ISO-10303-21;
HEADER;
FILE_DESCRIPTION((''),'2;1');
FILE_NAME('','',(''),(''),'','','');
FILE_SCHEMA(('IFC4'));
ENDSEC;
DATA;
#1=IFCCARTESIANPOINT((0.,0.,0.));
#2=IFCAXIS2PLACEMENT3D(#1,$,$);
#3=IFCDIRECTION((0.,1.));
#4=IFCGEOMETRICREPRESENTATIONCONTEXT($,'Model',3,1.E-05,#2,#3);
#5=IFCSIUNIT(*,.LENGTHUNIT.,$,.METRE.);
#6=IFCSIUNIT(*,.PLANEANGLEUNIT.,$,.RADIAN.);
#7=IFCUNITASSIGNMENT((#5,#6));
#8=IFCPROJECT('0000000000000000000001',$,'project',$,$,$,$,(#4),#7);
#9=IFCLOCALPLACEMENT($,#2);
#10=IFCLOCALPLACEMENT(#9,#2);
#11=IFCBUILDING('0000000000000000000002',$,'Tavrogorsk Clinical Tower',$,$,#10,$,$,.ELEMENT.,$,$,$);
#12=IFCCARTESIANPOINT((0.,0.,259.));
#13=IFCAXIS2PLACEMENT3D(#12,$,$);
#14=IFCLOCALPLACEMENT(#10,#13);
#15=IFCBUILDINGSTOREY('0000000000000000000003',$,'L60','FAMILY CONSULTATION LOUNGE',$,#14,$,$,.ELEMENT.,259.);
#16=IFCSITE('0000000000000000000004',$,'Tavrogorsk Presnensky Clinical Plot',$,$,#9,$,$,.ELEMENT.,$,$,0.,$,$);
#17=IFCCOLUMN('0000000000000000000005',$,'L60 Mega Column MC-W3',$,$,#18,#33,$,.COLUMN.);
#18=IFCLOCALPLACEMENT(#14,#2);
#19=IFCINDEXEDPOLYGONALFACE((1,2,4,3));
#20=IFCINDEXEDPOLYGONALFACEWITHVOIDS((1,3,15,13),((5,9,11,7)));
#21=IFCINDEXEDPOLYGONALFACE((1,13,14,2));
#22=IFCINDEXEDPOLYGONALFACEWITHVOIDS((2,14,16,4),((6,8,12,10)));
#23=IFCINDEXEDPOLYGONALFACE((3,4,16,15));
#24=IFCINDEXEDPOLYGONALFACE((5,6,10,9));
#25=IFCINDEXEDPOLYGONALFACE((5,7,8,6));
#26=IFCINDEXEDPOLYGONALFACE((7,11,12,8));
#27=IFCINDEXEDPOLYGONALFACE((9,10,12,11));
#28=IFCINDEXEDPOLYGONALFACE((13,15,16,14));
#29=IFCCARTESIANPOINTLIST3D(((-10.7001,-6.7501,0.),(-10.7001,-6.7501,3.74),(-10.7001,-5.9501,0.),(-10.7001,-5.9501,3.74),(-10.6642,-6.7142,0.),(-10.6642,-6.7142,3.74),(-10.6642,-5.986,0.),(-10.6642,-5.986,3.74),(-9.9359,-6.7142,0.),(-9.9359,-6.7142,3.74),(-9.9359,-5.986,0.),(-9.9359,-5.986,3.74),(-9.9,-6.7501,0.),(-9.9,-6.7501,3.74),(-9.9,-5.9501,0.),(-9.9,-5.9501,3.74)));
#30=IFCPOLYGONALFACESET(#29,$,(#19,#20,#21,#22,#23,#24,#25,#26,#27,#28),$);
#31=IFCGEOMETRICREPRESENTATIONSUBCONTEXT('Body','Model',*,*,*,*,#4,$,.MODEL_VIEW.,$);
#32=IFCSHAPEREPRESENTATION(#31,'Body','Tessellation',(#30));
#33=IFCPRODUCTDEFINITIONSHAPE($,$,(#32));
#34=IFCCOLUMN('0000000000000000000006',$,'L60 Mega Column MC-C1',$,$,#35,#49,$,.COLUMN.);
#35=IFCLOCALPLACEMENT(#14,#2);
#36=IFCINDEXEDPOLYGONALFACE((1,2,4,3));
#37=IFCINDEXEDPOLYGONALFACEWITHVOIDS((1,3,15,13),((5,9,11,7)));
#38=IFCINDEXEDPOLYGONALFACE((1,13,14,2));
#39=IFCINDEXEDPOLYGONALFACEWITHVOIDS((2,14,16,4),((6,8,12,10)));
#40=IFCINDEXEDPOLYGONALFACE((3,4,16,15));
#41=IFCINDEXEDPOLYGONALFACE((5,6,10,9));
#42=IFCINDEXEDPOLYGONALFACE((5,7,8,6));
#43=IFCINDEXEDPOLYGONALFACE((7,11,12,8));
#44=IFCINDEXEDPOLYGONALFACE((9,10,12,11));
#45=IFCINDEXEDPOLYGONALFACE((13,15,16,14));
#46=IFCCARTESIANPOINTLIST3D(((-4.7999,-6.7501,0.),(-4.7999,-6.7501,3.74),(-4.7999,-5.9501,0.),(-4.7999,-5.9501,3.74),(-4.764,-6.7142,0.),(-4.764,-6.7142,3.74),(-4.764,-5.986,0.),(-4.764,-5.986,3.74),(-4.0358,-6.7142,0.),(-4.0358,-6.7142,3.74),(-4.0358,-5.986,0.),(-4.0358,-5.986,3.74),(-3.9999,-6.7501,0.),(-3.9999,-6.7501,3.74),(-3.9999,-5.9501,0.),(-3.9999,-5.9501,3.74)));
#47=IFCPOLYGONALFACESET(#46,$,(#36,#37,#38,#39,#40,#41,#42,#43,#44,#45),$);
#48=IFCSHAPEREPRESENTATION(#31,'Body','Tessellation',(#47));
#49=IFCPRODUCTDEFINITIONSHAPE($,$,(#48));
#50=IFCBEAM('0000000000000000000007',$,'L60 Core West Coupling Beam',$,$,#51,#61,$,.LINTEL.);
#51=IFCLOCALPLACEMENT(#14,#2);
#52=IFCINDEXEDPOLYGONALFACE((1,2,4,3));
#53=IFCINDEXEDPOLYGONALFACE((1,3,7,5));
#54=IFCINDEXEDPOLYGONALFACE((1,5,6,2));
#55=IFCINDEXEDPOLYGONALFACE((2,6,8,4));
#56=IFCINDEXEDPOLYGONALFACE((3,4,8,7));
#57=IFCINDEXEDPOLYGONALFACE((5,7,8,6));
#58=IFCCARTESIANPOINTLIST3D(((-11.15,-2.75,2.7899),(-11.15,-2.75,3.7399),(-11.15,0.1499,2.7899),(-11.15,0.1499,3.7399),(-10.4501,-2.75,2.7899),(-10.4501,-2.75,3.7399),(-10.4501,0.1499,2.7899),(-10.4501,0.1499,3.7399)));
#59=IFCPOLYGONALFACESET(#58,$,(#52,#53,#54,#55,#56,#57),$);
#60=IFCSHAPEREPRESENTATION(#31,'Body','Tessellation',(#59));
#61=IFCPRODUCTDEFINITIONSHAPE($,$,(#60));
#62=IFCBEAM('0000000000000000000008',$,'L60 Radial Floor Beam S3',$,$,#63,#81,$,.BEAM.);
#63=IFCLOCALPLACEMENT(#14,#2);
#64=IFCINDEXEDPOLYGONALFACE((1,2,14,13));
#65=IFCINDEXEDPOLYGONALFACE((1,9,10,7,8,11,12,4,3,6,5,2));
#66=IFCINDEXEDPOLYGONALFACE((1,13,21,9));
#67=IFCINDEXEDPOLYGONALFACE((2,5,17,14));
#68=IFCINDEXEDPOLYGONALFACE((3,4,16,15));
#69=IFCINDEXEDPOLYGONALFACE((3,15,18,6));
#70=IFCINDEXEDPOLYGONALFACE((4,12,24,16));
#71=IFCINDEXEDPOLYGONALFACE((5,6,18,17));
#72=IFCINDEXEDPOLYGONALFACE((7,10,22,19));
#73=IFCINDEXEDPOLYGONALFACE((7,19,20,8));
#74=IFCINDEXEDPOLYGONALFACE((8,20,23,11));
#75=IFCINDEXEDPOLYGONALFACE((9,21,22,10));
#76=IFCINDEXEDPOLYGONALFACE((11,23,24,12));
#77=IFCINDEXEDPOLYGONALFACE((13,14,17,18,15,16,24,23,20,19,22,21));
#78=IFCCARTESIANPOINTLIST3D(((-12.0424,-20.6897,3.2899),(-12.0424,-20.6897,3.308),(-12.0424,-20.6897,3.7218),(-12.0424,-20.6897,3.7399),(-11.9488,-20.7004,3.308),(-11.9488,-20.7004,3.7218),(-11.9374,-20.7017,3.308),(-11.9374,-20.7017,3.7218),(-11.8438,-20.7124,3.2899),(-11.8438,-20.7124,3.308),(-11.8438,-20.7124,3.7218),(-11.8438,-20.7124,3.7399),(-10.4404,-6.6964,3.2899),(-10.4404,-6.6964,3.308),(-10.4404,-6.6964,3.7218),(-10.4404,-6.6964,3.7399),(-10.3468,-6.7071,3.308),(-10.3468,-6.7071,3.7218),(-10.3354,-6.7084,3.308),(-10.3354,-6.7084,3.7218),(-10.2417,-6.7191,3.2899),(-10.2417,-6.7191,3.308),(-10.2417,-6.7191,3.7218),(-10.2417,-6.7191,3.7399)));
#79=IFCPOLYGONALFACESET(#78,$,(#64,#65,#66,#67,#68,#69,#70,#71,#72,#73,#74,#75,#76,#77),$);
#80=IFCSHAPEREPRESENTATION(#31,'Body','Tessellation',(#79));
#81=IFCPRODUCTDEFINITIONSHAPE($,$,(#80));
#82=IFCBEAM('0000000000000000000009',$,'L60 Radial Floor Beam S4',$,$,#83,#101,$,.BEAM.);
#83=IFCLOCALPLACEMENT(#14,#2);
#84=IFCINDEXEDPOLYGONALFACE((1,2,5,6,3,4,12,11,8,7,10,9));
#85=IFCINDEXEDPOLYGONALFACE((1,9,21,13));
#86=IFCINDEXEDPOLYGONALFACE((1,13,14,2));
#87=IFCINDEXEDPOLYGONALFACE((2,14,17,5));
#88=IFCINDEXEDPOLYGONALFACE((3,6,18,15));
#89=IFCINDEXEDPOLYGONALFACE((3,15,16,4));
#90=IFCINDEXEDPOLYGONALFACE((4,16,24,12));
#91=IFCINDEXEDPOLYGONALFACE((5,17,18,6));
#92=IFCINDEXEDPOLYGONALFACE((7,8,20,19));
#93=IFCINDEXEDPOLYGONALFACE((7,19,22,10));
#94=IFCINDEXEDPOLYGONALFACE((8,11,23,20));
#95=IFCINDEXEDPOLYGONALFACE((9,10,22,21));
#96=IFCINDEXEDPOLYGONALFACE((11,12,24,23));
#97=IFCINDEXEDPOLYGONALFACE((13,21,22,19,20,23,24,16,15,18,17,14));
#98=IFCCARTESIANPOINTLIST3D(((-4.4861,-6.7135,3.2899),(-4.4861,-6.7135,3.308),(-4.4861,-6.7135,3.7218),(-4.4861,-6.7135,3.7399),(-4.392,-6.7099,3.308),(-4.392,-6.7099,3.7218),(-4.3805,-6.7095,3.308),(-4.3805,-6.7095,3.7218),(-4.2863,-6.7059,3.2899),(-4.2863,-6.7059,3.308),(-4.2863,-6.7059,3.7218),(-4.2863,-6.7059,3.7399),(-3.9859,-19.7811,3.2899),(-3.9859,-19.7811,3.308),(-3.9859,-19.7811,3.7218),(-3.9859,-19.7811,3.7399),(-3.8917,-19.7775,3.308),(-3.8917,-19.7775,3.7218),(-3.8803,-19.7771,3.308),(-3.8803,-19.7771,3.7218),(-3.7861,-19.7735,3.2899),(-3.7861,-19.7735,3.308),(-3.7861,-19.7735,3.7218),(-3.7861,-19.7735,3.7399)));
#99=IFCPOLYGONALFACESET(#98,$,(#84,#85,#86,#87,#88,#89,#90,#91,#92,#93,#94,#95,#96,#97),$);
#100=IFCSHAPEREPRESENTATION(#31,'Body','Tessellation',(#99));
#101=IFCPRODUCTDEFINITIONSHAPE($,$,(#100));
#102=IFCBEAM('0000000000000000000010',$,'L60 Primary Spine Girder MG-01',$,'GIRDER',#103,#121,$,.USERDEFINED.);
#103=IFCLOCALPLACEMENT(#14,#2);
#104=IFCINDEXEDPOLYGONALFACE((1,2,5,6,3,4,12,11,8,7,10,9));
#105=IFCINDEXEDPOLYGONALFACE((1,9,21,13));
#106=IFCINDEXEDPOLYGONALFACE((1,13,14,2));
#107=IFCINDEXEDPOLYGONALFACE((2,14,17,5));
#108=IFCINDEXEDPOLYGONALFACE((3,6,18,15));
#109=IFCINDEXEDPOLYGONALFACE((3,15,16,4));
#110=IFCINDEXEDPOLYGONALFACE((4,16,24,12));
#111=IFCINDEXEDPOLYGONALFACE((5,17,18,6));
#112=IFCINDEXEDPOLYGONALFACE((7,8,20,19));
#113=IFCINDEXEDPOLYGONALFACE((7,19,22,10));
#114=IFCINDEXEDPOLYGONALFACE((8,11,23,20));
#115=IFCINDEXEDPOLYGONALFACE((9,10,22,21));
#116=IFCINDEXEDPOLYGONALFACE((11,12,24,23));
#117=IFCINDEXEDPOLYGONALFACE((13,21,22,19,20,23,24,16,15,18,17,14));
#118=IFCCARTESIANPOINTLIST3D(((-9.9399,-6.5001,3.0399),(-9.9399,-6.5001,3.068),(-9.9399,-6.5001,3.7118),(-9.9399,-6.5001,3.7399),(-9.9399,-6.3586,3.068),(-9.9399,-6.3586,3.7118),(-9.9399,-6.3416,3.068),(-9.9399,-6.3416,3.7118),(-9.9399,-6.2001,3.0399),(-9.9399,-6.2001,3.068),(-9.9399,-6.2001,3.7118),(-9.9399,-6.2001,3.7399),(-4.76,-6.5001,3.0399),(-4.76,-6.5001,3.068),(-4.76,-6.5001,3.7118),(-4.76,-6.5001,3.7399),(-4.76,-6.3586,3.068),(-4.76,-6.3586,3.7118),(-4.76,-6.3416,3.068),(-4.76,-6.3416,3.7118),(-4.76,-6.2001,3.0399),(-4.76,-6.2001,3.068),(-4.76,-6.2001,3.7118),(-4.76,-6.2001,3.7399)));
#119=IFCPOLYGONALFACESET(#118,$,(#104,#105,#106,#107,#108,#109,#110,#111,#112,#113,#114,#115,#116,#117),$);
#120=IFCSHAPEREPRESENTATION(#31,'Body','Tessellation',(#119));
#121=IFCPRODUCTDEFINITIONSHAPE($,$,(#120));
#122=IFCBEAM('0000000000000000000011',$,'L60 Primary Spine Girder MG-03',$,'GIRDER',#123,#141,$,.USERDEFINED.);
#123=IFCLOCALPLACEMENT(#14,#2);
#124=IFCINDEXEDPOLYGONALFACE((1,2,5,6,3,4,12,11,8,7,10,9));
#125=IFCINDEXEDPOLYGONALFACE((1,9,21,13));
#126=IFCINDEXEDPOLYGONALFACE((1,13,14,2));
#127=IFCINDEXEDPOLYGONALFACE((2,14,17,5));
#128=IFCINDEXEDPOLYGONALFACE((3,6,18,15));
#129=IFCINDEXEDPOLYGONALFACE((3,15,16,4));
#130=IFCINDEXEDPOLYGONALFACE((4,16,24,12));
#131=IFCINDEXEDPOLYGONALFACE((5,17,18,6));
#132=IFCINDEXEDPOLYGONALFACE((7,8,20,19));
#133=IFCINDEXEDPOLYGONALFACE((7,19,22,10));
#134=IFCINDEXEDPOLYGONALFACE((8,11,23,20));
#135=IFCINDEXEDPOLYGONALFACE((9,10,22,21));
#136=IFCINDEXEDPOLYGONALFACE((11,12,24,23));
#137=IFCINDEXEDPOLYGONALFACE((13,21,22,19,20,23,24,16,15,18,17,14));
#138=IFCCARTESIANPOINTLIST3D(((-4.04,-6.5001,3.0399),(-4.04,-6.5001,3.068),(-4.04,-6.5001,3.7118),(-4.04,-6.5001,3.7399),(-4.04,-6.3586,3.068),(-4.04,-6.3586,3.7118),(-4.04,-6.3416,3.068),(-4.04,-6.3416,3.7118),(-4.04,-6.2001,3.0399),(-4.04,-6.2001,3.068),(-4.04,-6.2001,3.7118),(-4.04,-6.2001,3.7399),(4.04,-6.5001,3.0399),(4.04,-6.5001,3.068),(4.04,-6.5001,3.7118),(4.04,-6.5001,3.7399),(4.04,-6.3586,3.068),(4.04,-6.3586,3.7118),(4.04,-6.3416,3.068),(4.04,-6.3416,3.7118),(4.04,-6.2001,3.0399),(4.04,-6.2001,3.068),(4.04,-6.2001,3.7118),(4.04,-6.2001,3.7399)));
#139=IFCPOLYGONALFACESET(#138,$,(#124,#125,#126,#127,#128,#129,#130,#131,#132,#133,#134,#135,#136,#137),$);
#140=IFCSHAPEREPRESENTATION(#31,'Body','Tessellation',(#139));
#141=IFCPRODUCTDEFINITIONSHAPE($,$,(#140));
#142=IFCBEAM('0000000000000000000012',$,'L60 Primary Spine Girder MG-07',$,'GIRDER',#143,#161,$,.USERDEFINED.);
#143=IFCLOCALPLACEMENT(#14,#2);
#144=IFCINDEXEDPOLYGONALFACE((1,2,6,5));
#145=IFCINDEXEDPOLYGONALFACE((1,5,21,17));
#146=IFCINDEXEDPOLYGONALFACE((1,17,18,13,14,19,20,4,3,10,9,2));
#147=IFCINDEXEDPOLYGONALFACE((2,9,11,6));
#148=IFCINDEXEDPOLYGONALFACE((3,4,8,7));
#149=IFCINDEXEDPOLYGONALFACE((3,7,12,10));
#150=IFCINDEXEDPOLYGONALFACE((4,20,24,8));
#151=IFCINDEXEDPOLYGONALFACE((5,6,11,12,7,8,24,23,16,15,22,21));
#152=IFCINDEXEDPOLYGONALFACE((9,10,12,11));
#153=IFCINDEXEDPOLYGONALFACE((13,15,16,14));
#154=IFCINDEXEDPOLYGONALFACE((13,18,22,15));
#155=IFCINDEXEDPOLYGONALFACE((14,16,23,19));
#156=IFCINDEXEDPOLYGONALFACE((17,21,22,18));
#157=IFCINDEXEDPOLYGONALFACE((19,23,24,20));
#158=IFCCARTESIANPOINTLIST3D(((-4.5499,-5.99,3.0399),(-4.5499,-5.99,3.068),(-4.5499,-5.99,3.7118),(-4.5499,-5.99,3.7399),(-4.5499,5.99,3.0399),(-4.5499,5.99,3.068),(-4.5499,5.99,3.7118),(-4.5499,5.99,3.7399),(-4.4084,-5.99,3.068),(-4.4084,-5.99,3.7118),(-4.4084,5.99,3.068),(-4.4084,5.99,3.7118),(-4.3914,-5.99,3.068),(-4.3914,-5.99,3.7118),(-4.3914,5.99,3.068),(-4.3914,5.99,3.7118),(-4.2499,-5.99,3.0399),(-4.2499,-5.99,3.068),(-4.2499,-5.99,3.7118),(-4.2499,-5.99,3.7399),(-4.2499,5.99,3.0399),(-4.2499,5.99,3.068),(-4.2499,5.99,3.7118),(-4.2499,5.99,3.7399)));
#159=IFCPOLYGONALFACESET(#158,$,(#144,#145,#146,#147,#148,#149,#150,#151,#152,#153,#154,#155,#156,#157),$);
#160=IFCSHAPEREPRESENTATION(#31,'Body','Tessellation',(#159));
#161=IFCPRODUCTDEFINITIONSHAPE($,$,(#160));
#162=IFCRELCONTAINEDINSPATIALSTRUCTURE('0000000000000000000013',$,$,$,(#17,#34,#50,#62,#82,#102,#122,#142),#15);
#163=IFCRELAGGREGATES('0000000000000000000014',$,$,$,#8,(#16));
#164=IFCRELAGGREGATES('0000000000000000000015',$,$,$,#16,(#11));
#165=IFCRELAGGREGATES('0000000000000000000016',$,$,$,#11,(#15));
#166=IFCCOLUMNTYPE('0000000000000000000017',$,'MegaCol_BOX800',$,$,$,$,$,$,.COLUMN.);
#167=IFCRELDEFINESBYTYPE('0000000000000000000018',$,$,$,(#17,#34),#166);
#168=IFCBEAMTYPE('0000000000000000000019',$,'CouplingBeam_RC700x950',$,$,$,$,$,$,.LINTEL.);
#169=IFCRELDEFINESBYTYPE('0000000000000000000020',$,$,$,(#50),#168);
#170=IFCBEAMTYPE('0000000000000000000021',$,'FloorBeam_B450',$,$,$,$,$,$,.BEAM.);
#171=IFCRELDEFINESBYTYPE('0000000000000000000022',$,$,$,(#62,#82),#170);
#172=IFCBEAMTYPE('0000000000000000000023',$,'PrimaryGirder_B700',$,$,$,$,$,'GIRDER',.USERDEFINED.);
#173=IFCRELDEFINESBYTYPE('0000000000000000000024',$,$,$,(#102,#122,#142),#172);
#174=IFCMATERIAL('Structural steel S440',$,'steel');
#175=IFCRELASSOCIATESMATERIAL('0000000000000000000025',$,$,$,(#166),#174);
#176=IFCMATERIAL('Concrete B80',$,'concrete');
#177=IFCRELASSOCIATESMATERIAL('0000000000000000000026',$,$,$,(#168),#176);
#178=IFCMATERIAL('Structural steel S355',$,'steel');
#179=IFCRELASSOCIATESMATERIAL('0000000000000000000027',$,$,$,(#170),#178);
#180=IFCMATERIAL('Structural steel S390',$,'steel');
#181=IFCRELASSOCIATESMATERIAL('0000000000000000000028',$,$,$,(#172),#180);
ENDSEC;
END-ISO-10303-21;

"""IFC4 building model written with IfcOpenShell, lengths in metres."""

from ifc_helpers import new_model, si_unit, direction, frame, origin, origin_2d, place, context, subcontext, project, spatial, rectangle, hollow_rectangle, i_section, extrude, material, material_profile, profile_set, type_object, element, save


model = new_model("IFC4")

# Units and contexts
model_context = context("Model", 3, precision=1e-05, world=origin(), true_north=direction((0.0, 1.0)))
body_context = subcontext(model_context, "Body", "Model", "MODEL_VIEW")
ifc_project = project(units=[si_unit("LENGTHUNIT", "METRE"), si_unit("PLANEANGLEUNIT", "RADIAN")], contexts=[model_context])

# Site, building, storey
site_placement = place(None, origin())
site = spatial("IfcSite", under=ifc_project, at=site_placement, Name="Tavrogorsk Presnensky Clinical Plot", CompositionType="ELEMENT", RefElevation=0.0)
building_placement = place(site_placement, origin())
building = spatial("IfcBuilding", under=site, at=building_placement, Name="Tavrogorsk Clinical Tower", CompositionType="ELEMENT")
storey_placement = place(building_placement, frame((0.0, 0.0, 259.0)))
storey = spatial("IfcBuildingStorey", under=building, at=storey_placement, Name="L60", Description="FAMILY CONSULTATION LOUNGE", CompositionType="ELEMENT", Elevation=259.0)

# Columns
ifc_material_1 = material(Name="Structural steel S440", Category="steel")
ifc_material_profile_1 = material_profile(ifc_material_1, hollow_rectangle(XDim=0.8, YDim=0.8, WallThickness=0.0359, at=origin_2d()), Name="BOX-800x800x36")
ifc_profile_set_1 = profile_set([ifc_material_profile_1], Name="Structural steel S440")
column_type = type_object("IfcColumnType", Name="MegaCol_BOX800", PredefinedType="COLUMN", material=ifc_profile_set_1)
for number, where, z_axis, x_axis, name in (
    (1, (-10.3, -6.3501, 0.0), (0.0, 0.0, 1.0), (1.0, 0.0, 0.0), "L60 Mega Column MC-W3"),
    (2, (-4.3999, -6.3501, 0.0), (0.0, 0.0, 1.0), (1.0, 0.0, 0.0), "L60 Mega Column MC-C1"),
):
    element("IfcColumn", number, at=place(storey_placement, frame(where, z_axis=z_axis, x_axis=x_axis)), inside=storey, type_object=column_type, Name=name, PredefinedType="COLUMN", context=body_context, shape_type="SweptSolid", body=[
        extrude(hollow_rectangle(XDim=0.8, YDim=0.8, WallThickness=0.0359, at=origin_2d()), origin(), (0.0, 0.0, 1.0), 3.74),
    ])

# Beams
ifc_material_2 = material(Name="Concrete B80", Category="concrete")
ifc_material_profile_2 = material_profile(ifc_material_2, rectangle(XDim=0.7, YDim=0.95, at=origin_2d()), Name="RC-CB-700x950")
ifc_profile_set_2 = profile_set([ifc_material_profile_2], Name="Concrete B80")
beam_type_1 = type_object("IfcBeamType", Name="CouplingBeam_RC700x950", PredefinedType="LINTEL", material=ifc_profile_set_2)
beam_1_placement = place(storey_placement, frame((-10.8, -2.75, 3.2649), z_axis=(0.0, 1.0, 0.0), x_axis=(-1.0, 0.0, 0.0)))
element("IfcBeam", 3, at=beam_1_placement, inside=storey, type_object=beam_type_1, Name="L60 Core West Coupling Beam", PredefinedType="LINTEL", context=body_context, shape_type="SweptSolid", body=[
    extrude(rectangle(XDim=0.7, YDim=0.95, at=origin_2d()), origin(), (0.0, 0.0, 1.0), 2.8999),
])
ifc_material_3 = material(Name="Structural steel S355", Category="steel")
ifc_material_profile_3 = material_profile(ifc_material_3, i_section(OverallWidth=0.2, OverallDepth=0.45, WebThickness=0.0115, FlangeThickness=0.0181, at=origin_2d()), Name="B-450x200x11.5x18")
ifc_profile_set_3 = profile_set([ifc_material_profile_3], Name="Structural steel S355")
beam_type_2 = type_object("IfcBeamType", Name="FloorBeam_B450", PredefinedType="BEAM", material=ifc_profile_set_3)
beam_2_placement = place(storey_placement, frame((-10.3411, -6.7078, 3.5149), z_axis=(-0.113743, -0.99351, 0.0), x_axis=(0.99351, -0.113743, 0.0)))
element("IfcBeam", 4, at=beam_2_placement, inside=storey, type_object=beam_type_2, Name="L60 Radial Floor Beam S3", PredefinedType="BEAM", context=body_context, shape_type="SweptSolid", body=[
    extrude(i_section(OverallWidth=0.2, OverallDepth=0.45, WebThickness=0.0115, FlangeThickness=0.0181, at=origin_2d()), origin(), (0.0, 0.0, 1.0), 14.0847),
])
beam_3_placement = place(storey_placement, frame((-4.3862, -6.7097, 3.5149), z_axis=(0.038253, -0.999268, 0.0), x_axis=(0.999268, 0.038253, 0.0)))
element("IfcBeam", 5, at=beam_3_placement, inside=storey, type_object=beam_type_2, Name="L60 Radial Floor Beam S4", PredefinedType="BEAM", context=body_context, shape_type="SweptSolid", body=[
    extrude(i_section(OverallWidth=0.2, OverallDepth=0.45, WebThickness=0.0115, FlangeThickness=0.0181, at=origin_2d()), origin(), (0.0, 0.0, 1.0), 13.0771),
])
ifc_material_4 = material(Name="Structural steel S390", Category="steel")
ifc_material_profile_4 = material_profile(ifc_material_4, i_section(OverallWidth=0.3, OverallDepth=0.7, WebThickness=0.0171, FlangeThickness=0.0281, at=origin_2d()), Name="B-700x300x17x28")
ifc_profile_set_4 = profile_set([ifc_material_profile_4], Name="Structural steel S390")
beam_type_3 = type_object("IfcBeamType", Name="PrimaryGirder_B700", ElementType="GIRDER", PredefinedType="USERDEFINED", material=ifc_profile_set_4)
beam_4_placement = place(storey_placement, frame((-9.9399, -6.3501, 3.3899), z_axis=(1.0, 0.0, 0.0), x_axis=(0.0, 1.0, 0.0)))
element("IfcBeam", 6, at=beam_4_placement, inside=storey, type_object=beam_type_3, Name="L60 Primary Spine Girder MG-01", ObjectType="GIRDER", PredefinedType="USERDEFINED", context=body_context, shape_type="SweptSolid", body=[
    extrude(i_section(OverallWidth=0.3, OverallDepth=0.7, WebThickness=0.0171, FlangeThickness=0.0281, at=origin_2d()), origin(), (0.0, 0.0, 1.0), 5.1799),
])
beam_5_placement = place(storey_placement, frame((-4.04, -6.3501, 3.3899), z_axis=(1.0, 0.0, 0.0), x_axis=(0.0, 1.0, 0.0)))
element("IfcBeam", 7, at=beam_5_placement, inside=storey, type_object=beam_type_3, Name="L60 Primary Spine Girder MG-03", ObjectType="GIRDER", PredefinedType="USERDEFINED", context=body_context, shape_type="SweptSolid", body=[
    extrude(i_section(OverallWidth=0.3, OverallDepth=0.7, WebThickness=0.0171, FlangeThickness=0.0281, at=origin_2d()), origin(), (0.0, 0.0, 1.0), 8.0801),
])
beam_6_placement = place(storey_placement, frame((-4.3999, -5.99, 3.3899), z_axis=(0.0, 1.0, 0.0), x_axis=(-1.0, 0.0, 0.0)))
element("IfcBeam", 8, at=beam_6_placement, inside=storey, type_object=beam_type_3, Name="L60 Primary Spine Girder MG-07", ObjectType="GIRDER", PredefinedType="USERDEFINED", context=body_context, shape_type="SweptSolid", body=[
    extrude(i_section(OverallWidth=0.3, OverallDepth=0.7, WebThickness=0.0171, FlangeThickness=0.0281, at=origin_2d()), origin(), (0.0, 0.0, 1.0), 11.98),
])

save(model, "model.ifc")
